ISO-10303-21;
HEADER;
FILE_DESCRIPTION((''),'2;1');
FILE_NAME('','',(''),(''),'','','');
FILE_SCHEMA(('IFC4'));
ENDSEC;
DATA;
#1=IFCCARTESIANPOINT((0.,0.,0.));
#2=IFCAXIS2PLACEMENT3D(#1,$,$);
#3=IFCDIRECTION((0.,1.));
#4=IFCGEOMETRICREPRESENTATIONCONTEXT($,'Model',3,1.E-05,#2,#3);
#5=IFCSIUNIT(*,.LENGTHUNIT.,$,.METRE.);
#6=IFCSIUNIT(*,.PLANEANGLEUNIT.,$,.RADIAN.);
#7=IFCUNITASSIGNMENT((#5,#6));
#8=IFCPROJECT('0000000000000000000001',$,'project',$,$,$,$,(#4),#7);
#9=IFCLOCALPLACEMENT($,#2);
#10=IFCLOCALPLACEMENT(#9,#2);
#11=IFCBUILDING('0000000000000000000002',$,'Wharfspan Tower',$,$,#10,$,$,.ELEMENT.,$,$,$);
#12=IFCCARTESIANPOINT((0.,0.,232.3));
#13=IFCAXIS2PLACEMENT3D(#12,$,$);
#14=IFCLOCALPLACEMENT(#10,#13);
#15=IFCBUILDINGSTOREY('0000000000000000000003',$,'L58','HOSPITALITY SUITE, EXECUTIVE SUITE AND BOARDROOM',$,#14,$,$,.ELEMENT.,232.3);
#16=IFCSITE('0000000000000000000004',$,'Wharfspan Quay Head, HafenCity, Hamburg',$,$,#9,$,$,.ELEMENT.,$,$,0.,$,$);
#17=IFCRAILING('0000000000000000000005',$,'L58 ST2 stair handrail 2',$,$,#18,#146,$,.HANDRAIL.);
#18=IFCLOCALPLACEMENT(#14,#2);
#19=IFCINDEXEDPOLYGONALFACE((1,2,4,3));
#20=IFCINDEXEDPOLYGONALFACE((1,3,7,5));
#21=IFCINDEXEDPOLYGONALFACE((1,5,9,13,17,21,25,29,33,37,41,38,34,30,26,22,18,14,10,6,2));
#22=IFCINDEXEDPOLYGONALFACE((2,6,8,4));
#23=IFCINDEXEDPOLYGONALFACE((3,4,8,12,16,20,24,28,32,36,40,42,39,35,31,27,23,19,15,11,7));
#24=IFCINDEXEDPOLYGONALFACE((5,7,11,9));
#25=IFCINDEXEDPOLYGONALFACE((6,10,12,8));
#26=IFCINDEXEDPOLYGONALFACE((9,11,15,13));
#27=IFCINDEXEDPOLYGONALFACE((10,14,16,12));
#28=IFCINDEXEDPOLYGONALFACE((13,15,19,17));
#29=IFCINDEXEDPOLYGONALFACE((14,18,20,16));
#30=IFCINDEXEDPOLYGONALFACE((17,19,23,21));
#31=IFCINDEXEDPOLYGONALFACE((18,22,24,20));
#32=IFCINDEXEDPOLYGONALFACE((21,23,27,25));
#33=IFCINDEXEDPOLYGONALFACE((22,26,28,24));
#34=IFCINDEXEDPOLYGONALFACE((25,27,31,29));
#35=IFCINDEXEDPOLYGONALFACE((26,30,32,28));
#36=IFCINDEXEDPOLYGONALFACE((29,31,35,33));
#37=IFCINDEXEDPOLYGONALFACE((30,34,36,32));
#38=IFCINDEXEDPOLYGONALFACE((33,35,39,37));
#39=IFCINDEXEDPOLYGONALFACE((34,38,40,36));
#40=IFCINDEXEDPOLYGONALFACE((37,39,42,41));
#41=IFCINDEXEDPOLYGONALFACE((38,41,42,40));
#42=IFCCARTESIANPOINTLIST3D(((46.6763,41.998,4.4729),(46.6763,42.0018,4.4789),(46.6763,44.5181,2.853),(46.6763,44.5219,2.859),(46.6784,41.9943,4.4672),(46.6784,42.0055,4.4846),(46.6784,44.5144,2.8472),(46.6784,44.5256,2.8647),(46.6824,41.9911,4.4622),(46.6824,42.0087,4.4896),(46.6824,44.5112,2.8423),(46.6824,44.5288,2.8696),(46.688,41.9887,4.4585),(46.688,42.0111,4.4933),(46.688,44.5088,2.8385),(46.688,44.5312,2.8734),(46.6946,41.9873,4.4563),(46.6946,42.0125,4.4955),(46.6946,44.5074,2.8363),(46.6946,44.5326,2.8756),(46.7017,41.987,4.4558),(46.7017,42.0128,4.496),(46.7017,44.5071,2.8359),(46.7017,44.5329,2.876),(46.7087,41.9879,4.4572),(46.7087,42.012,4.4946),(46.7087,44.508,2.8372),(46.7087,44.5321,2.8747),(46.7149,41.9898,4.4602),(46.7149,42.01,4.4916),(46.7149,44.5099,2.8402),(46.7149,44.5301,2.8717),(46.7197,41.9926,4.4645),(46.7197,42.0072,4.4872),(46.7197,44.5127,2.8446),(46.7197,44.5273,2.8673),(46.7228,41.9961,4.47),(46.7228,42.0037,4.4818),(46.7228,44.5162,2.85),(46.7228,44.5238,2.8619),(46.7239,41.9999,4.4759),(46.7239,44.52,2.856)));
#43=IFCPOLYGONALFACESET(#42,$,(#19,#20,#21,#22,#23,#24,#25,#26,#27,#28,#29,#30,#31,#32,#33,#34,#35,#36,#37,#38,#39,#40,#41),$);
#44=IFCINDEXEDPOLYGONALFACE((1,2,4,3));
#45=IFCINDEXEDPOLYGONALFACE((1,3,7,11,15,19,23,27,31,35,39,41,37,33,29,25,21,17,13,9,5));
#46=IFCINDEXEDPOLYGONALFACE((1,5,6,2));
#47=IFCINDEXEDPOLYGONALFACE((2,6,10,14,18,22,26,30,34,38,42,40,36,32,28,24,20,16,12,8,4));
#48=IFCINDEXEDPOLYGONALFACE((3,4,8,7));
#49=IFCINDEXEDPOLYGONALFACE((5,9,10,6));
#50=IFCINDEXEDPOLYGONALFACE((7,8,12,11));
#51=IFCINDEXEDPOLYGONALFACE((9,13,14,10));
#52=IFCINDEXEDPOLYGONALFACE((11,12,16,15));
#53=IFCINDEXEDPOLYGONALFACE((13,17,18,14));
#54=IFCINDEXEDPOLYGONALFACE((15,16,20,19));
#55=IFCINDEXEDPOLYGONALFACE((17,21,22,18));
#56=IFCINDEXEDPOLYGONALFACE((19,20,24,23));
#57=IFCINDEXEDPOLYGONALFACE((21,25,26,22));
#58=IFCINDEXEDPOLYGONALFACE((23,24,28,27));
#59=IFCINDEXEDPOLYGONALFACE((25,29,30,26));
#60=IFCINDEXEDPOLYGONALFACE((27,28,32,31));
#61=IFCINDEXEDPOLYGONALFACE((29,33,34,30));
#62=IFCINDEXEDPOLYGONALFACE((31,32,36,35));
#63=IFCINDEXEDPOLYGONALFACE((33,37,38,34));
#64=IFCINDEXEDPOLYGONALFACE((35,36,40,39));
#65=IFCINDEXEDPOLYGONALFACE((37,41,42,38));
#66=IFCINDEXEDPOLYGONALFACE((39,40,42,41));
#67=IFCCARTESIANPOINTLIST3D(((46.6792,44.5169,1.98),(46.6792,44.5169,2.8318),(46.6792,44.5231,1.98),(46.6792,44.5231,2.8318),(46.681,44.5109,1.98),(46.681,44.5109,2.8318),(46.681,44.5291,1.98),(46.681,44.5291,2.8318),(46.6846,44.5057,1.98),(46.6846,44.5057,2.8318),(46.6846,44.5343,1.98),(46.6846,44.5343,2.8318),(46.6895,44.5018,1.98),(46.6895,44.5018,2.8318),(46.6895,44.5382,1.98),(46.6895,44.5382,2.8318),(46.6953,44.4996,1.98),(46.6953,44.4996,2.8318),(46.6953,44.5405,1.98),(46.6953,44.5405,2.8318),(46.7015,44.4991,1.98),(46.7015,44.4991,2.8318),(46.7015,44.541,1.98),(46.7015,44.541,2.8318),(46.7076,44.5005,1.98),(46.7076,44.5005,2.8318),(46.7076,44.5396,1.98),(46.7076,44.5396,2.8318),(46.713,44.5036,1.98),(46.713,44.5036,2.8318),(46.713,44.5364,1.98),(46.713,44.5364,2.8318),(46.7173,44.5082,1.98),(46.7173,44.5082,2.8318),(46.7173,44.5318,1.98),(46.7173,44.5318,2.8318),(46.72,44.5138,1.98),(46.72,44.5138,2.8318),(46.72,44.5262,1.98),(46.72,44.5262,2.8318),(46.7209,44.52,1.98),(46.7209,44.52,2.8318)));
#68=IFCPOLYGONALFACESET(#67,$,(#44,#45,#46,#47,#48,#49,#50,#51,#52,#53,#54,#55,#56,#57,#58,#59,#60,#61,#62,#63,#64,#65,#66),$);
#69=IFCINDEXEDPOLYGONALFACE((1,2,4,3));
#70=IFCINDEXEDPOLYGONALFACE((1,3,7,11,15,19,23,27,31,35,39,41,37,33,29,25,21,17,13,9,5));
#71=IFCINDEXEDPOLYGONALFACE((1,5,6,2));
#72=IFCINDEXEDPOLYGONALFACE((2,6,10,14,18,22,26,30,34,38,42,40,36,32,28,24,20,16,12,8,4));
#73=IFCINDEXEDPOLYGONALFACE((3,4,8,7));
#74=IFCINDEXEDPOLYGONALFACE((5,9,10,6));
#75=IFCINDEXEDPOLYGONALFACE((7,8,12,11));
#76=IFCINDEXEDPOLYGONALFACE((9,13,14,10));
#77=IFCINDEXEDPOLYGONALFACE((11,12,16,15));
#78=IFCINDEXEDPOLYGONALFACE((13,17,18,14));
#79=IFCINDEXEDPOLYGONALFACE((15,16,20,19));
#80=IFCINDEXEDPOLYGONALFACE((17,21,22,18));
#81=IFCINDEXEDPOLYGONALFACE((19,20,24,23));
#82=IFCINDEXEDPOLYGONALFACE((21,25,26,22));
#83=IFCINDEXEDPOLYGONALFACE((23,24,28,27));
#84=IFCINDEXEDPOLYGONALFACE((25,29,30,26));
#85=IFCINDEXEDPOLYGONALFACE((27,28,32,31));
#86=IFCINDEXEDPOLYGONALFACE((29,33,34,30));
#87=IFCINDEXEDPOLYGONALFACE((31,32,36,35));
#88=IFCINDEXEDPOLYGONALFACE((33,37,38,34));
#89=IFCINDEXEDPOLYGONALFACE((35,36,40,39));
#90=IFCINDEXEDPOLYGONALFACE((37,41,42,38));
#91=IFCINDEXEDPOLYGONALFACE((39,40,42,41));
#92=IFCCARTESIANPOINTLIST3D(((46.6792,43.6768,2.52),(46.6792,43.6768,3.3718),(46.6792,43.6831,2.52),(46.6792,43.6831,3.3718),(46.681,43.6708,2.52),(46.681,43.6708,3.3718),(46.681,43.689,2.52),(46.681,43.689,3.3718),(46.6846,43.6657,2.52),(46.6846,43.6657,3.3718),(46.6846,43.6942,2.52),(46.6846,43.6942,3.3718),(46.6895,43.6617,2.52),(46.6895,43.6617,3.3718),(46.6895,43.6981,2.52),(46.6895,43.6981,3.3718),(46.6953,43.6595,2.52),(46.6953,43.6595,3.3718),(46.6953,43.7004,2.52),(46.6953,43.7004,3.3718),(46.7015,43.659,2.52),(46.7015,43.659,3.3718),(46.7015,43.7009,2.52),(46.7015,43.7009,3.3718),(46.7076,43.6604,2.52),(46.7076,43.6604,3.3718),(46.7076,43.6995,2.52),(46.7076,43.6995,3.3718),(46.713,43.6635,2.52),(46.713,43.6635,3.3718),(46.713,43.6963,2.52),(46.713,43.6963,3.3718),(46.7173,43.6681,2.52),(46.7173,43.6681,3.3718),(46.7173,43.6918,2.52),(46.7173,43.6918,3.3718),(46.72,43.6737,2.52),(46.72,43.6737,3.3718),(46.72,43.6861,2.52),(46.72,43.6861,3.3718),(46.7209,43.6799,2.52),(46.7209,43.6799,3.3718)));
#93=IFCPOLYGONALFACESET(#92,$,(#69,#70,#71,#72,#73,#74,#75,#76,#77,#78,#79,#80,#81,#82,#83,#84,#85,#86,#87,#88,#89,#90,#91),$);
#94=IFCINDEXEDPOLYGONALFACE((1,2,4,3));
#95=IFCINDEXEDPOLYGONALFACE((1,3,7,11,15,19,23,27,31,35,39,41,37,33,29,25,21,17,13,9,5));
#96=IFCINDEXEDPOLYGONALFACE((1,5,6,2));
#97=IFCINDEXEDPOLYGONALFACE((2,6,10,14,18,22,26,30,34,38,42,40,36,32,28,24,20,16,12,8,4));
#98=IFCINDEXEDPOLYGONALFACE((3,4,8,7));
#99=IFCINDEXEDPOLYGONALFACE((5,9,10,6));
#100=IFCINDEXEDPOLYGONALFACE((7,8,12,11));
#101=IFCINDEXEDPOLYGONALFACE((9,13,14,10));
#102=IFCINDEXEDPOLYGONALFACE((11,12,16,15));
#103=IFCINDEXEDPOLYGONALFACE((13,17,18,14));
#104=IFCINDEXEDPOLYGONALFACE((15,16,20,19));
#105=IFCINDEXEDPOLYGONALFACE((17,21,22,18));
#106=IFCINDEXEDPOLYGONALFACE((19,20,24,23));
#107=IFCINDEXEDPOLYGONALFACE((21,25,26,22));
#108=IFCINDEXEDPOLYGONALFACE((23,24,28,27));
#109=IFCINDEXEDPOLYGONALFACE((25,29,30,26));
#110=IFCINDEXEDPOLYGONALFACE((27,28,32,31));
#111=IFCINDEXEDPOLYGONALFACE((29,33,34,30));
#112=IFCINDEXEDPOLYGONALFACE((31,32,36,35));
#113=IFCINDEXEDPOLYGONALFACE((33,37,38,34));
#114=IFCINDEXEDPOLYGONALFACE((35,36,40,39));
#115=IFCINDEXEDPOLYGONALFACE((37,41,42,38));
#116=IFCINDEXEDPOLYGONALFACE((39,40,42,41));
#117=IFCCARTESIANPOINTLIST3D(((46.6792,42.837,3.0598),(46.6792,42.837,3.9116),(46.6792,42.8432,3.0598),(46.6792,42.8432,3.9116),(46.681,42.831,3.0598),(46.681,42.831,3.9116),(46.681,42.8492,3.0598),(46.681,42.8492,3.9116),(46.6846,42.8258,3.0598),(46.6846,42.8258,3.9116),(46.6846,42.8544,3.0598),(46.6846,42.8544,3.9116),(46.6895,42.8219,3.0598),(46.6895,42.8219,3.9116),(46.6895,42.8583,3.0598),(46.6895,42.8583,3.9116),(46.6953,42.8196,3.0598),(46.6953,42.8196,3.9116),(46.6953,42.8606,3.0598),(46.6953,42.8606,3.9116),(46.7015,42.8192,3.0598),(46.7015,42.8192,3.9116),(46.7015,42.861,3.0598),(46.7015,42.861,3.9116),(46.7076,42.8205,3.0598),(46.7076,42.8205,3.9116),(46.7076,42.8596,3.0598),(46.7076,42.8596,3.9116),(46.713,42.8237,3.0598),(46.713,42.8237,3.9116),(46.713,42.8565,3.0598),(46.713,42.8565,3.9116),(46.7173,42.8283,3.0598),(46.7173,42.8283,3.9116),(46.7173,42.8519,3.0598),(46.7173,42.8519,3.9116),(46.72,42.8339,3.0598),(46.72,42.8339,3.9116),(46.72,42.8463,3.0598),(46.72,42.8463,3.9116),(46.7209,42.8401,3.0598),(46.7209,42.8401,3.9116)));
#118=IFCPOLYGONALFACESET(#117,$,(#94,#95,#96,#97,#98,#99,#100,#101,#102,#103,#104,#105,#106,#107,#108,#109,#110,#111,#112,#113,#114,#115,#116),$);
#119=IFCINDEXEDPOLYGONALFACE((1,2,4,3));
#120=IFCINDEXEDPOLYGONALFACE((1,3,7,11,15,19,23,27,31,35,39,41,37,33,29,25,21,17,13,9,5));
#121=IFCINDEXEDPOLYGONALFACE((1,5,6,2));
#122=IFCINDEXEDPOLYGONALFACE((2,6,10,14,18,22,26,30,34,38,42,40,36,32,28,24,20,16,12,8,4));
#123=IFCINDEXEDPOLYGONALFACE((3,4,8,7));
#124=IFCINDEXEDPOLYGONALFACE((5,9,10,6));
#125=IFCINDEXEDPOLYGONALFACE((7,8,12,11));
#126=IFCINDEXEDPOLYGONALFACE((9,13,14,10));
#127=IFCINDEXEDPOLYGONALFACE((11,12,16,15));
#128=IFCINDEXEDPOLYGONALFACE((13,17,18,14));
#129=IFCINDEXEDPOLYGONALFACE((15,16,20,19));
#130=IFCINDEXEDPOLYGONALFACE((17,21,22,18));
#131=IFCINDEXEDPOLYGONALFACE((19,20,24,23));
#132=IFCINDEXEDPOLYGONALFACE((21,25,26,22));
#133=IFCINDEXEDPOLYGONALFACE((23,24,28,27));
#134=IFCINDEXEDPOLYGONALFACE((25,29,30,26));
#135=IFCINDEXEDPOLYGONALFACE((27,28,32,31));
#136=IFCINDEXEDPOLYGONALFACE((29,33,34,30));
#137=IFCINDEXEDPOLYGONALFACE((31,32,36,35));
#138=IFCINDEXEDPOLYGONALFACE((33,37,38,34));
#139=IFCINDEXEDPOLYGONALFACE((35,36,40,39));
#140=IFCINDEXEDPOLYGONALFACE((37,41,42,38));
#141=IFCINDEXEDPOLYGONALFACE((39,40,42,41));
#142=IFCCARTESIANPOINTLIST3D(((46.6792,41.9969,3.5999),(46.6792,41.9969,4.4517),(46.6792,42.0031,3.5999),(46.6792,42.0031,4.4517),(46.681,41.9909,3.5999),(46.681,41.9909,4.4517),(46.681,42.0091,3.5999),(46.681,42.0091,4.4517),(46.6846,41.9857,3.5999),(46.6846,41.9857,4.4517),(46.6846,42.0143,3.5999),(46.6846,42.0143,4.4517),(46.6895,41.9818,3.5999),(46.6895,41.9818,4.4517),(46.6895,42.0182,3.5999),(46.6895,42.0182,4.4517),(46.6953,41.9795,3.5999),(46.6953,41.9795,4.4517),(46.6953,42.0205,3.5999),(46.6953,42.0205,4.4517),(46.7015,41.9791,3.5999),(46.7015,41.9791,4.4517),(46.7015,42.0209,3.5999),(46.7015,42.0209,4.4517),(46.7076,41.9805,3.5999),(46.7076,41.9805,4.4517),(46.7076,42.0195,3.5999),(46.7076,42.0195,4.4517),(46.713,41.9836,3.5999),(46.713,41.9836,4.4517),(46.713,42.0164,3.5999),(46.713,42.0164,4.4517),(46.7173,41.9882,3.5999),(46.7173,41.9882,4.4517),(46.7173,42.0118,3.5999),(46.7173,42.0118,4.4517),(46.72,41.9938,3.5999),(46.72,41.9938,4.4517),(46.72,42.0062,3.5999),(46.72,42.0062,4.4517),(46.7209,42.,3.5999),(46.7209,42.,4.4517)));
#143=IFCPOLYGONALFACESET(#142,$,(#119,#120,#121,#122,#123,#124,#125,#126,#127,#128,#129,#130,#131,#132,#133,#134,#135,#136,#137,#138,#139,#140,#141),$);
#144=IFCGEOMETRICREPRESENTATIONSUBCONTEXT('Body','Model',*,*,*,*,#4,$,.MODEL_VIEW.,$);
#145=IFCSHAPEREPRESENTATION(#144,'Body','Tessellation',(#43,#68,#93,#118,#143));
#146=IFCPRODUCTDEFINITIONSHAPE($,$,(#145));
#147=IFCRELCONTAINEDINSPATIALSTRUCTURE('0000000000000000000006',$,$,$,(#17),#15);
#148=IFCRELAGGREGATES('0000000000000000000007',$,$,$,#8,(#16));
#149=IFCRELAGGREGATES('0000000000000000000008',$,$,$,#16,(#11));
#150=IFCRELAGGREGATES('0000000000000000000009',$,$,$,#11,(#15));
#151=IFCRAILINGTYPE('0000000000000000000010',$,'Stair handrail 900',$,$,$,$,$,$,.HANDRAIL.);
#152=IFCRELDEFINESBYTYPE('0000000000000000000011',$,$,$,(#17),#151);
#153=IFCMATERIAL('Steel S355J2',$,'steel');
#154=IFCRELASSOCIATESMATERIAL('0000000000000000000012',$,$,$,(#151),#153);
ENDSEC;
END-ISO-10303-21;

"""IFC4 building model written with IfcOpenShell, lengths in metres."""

from ifc_helpers import new_model, si_unit, direction, frame, origin, origin_2d, place, context, subcontext, project, spatial, circle, extrude, material, type_object, element, save


model = new_model("IFC4")

# Units and contexts
model_context = context("Model", 3, precision=1e-05, world=origin(), true_north=direction((0.0, 1.0)))
body_context = subcontext(model_context, "Body", "Model", "MODEL_VIEW")
ifc_project = project(units=[si_unit("LENGTHUNIT", "METRE"), si_unit("PLANEANGLEUNIT", "RADIAN")], contexts=[model_context])

# Site, building, storey
site_placement = place(None, origin())
site = spatial("IfcSite", under=ifc_project, at=site_placement, Name="Wharfspan Quay Head, HafenCity, Hamburg", CompositionType="ELEMENT", RefElevation=0.0)
building_placement = place(site_placement, origin())
building = spatial("IfcBuilding", under=site, at=building_placement, Name="Wharfspan Tower", CompositionType="ELEMENT")
storey_placement = place(building_placement, frame((0.0, 0.0, 232.3)))
storey = spatial("IfcBuildingStorey", under=building, at=storey_placement, Name="L58", Description="HOSPITALITY SUITE, EXECUTIVE SUITE AND BOARDROOM", CompositionType="ELEMENT", Elevation=232.3)

# Shared definitions
ifc_material_1 = material(Name="Steel S355J2", Category="steel")

# Railing
railing_type_1 = type_object("IfcRailingType", Name="Stair handrail 900", PredefinedType="HANDRAIL", material=ifc_material_1)
railing_1_placement = place(storey_placement, frame((46.7, 44.52, 1.98)))
element("IfcRailing", 1, at=railing_1_placement, inside=storey, type_object=railing_type_1, Name="L58 ST2 stair handrail 2", PredefinedType="HANDRAIL", context=body_context, shape_type="SweptSolid", body=[
    extrude(circle(Radius=0.0239, at=origin_2d()), frame((0.0, 0.0, 0.876), z_axis=(0.0, -0.8412, 0.540725), x_axis=(1.0, 0.0, 0.0)), (0.0, 0.0, 1.0), 2.9958),
    extrude(circle(Radius=0.021, at=origin_2d()), origin(), (0.0, 0.0, 1.0), 0.8518),
    extrude(circle(Radius=0.021, at=origin_2d()), frame((0.0, -0.8401, 0.54)), (0.0, 0.0, 1.0), 0.8518),
    extrude(circle(Radius=0.021, at=origin_2d()), frame((0.0, -1.6799, 1.0798)), (0.0, 0.0, 1.0), 0.8518),
    extrude(circle(Radius=0.021, at=origin_2d()), frame((0.0, -2.52, 1.6199)), (0.0, 0.0, 1.0), 0.8518),
])

save(model, "model.ifc")
